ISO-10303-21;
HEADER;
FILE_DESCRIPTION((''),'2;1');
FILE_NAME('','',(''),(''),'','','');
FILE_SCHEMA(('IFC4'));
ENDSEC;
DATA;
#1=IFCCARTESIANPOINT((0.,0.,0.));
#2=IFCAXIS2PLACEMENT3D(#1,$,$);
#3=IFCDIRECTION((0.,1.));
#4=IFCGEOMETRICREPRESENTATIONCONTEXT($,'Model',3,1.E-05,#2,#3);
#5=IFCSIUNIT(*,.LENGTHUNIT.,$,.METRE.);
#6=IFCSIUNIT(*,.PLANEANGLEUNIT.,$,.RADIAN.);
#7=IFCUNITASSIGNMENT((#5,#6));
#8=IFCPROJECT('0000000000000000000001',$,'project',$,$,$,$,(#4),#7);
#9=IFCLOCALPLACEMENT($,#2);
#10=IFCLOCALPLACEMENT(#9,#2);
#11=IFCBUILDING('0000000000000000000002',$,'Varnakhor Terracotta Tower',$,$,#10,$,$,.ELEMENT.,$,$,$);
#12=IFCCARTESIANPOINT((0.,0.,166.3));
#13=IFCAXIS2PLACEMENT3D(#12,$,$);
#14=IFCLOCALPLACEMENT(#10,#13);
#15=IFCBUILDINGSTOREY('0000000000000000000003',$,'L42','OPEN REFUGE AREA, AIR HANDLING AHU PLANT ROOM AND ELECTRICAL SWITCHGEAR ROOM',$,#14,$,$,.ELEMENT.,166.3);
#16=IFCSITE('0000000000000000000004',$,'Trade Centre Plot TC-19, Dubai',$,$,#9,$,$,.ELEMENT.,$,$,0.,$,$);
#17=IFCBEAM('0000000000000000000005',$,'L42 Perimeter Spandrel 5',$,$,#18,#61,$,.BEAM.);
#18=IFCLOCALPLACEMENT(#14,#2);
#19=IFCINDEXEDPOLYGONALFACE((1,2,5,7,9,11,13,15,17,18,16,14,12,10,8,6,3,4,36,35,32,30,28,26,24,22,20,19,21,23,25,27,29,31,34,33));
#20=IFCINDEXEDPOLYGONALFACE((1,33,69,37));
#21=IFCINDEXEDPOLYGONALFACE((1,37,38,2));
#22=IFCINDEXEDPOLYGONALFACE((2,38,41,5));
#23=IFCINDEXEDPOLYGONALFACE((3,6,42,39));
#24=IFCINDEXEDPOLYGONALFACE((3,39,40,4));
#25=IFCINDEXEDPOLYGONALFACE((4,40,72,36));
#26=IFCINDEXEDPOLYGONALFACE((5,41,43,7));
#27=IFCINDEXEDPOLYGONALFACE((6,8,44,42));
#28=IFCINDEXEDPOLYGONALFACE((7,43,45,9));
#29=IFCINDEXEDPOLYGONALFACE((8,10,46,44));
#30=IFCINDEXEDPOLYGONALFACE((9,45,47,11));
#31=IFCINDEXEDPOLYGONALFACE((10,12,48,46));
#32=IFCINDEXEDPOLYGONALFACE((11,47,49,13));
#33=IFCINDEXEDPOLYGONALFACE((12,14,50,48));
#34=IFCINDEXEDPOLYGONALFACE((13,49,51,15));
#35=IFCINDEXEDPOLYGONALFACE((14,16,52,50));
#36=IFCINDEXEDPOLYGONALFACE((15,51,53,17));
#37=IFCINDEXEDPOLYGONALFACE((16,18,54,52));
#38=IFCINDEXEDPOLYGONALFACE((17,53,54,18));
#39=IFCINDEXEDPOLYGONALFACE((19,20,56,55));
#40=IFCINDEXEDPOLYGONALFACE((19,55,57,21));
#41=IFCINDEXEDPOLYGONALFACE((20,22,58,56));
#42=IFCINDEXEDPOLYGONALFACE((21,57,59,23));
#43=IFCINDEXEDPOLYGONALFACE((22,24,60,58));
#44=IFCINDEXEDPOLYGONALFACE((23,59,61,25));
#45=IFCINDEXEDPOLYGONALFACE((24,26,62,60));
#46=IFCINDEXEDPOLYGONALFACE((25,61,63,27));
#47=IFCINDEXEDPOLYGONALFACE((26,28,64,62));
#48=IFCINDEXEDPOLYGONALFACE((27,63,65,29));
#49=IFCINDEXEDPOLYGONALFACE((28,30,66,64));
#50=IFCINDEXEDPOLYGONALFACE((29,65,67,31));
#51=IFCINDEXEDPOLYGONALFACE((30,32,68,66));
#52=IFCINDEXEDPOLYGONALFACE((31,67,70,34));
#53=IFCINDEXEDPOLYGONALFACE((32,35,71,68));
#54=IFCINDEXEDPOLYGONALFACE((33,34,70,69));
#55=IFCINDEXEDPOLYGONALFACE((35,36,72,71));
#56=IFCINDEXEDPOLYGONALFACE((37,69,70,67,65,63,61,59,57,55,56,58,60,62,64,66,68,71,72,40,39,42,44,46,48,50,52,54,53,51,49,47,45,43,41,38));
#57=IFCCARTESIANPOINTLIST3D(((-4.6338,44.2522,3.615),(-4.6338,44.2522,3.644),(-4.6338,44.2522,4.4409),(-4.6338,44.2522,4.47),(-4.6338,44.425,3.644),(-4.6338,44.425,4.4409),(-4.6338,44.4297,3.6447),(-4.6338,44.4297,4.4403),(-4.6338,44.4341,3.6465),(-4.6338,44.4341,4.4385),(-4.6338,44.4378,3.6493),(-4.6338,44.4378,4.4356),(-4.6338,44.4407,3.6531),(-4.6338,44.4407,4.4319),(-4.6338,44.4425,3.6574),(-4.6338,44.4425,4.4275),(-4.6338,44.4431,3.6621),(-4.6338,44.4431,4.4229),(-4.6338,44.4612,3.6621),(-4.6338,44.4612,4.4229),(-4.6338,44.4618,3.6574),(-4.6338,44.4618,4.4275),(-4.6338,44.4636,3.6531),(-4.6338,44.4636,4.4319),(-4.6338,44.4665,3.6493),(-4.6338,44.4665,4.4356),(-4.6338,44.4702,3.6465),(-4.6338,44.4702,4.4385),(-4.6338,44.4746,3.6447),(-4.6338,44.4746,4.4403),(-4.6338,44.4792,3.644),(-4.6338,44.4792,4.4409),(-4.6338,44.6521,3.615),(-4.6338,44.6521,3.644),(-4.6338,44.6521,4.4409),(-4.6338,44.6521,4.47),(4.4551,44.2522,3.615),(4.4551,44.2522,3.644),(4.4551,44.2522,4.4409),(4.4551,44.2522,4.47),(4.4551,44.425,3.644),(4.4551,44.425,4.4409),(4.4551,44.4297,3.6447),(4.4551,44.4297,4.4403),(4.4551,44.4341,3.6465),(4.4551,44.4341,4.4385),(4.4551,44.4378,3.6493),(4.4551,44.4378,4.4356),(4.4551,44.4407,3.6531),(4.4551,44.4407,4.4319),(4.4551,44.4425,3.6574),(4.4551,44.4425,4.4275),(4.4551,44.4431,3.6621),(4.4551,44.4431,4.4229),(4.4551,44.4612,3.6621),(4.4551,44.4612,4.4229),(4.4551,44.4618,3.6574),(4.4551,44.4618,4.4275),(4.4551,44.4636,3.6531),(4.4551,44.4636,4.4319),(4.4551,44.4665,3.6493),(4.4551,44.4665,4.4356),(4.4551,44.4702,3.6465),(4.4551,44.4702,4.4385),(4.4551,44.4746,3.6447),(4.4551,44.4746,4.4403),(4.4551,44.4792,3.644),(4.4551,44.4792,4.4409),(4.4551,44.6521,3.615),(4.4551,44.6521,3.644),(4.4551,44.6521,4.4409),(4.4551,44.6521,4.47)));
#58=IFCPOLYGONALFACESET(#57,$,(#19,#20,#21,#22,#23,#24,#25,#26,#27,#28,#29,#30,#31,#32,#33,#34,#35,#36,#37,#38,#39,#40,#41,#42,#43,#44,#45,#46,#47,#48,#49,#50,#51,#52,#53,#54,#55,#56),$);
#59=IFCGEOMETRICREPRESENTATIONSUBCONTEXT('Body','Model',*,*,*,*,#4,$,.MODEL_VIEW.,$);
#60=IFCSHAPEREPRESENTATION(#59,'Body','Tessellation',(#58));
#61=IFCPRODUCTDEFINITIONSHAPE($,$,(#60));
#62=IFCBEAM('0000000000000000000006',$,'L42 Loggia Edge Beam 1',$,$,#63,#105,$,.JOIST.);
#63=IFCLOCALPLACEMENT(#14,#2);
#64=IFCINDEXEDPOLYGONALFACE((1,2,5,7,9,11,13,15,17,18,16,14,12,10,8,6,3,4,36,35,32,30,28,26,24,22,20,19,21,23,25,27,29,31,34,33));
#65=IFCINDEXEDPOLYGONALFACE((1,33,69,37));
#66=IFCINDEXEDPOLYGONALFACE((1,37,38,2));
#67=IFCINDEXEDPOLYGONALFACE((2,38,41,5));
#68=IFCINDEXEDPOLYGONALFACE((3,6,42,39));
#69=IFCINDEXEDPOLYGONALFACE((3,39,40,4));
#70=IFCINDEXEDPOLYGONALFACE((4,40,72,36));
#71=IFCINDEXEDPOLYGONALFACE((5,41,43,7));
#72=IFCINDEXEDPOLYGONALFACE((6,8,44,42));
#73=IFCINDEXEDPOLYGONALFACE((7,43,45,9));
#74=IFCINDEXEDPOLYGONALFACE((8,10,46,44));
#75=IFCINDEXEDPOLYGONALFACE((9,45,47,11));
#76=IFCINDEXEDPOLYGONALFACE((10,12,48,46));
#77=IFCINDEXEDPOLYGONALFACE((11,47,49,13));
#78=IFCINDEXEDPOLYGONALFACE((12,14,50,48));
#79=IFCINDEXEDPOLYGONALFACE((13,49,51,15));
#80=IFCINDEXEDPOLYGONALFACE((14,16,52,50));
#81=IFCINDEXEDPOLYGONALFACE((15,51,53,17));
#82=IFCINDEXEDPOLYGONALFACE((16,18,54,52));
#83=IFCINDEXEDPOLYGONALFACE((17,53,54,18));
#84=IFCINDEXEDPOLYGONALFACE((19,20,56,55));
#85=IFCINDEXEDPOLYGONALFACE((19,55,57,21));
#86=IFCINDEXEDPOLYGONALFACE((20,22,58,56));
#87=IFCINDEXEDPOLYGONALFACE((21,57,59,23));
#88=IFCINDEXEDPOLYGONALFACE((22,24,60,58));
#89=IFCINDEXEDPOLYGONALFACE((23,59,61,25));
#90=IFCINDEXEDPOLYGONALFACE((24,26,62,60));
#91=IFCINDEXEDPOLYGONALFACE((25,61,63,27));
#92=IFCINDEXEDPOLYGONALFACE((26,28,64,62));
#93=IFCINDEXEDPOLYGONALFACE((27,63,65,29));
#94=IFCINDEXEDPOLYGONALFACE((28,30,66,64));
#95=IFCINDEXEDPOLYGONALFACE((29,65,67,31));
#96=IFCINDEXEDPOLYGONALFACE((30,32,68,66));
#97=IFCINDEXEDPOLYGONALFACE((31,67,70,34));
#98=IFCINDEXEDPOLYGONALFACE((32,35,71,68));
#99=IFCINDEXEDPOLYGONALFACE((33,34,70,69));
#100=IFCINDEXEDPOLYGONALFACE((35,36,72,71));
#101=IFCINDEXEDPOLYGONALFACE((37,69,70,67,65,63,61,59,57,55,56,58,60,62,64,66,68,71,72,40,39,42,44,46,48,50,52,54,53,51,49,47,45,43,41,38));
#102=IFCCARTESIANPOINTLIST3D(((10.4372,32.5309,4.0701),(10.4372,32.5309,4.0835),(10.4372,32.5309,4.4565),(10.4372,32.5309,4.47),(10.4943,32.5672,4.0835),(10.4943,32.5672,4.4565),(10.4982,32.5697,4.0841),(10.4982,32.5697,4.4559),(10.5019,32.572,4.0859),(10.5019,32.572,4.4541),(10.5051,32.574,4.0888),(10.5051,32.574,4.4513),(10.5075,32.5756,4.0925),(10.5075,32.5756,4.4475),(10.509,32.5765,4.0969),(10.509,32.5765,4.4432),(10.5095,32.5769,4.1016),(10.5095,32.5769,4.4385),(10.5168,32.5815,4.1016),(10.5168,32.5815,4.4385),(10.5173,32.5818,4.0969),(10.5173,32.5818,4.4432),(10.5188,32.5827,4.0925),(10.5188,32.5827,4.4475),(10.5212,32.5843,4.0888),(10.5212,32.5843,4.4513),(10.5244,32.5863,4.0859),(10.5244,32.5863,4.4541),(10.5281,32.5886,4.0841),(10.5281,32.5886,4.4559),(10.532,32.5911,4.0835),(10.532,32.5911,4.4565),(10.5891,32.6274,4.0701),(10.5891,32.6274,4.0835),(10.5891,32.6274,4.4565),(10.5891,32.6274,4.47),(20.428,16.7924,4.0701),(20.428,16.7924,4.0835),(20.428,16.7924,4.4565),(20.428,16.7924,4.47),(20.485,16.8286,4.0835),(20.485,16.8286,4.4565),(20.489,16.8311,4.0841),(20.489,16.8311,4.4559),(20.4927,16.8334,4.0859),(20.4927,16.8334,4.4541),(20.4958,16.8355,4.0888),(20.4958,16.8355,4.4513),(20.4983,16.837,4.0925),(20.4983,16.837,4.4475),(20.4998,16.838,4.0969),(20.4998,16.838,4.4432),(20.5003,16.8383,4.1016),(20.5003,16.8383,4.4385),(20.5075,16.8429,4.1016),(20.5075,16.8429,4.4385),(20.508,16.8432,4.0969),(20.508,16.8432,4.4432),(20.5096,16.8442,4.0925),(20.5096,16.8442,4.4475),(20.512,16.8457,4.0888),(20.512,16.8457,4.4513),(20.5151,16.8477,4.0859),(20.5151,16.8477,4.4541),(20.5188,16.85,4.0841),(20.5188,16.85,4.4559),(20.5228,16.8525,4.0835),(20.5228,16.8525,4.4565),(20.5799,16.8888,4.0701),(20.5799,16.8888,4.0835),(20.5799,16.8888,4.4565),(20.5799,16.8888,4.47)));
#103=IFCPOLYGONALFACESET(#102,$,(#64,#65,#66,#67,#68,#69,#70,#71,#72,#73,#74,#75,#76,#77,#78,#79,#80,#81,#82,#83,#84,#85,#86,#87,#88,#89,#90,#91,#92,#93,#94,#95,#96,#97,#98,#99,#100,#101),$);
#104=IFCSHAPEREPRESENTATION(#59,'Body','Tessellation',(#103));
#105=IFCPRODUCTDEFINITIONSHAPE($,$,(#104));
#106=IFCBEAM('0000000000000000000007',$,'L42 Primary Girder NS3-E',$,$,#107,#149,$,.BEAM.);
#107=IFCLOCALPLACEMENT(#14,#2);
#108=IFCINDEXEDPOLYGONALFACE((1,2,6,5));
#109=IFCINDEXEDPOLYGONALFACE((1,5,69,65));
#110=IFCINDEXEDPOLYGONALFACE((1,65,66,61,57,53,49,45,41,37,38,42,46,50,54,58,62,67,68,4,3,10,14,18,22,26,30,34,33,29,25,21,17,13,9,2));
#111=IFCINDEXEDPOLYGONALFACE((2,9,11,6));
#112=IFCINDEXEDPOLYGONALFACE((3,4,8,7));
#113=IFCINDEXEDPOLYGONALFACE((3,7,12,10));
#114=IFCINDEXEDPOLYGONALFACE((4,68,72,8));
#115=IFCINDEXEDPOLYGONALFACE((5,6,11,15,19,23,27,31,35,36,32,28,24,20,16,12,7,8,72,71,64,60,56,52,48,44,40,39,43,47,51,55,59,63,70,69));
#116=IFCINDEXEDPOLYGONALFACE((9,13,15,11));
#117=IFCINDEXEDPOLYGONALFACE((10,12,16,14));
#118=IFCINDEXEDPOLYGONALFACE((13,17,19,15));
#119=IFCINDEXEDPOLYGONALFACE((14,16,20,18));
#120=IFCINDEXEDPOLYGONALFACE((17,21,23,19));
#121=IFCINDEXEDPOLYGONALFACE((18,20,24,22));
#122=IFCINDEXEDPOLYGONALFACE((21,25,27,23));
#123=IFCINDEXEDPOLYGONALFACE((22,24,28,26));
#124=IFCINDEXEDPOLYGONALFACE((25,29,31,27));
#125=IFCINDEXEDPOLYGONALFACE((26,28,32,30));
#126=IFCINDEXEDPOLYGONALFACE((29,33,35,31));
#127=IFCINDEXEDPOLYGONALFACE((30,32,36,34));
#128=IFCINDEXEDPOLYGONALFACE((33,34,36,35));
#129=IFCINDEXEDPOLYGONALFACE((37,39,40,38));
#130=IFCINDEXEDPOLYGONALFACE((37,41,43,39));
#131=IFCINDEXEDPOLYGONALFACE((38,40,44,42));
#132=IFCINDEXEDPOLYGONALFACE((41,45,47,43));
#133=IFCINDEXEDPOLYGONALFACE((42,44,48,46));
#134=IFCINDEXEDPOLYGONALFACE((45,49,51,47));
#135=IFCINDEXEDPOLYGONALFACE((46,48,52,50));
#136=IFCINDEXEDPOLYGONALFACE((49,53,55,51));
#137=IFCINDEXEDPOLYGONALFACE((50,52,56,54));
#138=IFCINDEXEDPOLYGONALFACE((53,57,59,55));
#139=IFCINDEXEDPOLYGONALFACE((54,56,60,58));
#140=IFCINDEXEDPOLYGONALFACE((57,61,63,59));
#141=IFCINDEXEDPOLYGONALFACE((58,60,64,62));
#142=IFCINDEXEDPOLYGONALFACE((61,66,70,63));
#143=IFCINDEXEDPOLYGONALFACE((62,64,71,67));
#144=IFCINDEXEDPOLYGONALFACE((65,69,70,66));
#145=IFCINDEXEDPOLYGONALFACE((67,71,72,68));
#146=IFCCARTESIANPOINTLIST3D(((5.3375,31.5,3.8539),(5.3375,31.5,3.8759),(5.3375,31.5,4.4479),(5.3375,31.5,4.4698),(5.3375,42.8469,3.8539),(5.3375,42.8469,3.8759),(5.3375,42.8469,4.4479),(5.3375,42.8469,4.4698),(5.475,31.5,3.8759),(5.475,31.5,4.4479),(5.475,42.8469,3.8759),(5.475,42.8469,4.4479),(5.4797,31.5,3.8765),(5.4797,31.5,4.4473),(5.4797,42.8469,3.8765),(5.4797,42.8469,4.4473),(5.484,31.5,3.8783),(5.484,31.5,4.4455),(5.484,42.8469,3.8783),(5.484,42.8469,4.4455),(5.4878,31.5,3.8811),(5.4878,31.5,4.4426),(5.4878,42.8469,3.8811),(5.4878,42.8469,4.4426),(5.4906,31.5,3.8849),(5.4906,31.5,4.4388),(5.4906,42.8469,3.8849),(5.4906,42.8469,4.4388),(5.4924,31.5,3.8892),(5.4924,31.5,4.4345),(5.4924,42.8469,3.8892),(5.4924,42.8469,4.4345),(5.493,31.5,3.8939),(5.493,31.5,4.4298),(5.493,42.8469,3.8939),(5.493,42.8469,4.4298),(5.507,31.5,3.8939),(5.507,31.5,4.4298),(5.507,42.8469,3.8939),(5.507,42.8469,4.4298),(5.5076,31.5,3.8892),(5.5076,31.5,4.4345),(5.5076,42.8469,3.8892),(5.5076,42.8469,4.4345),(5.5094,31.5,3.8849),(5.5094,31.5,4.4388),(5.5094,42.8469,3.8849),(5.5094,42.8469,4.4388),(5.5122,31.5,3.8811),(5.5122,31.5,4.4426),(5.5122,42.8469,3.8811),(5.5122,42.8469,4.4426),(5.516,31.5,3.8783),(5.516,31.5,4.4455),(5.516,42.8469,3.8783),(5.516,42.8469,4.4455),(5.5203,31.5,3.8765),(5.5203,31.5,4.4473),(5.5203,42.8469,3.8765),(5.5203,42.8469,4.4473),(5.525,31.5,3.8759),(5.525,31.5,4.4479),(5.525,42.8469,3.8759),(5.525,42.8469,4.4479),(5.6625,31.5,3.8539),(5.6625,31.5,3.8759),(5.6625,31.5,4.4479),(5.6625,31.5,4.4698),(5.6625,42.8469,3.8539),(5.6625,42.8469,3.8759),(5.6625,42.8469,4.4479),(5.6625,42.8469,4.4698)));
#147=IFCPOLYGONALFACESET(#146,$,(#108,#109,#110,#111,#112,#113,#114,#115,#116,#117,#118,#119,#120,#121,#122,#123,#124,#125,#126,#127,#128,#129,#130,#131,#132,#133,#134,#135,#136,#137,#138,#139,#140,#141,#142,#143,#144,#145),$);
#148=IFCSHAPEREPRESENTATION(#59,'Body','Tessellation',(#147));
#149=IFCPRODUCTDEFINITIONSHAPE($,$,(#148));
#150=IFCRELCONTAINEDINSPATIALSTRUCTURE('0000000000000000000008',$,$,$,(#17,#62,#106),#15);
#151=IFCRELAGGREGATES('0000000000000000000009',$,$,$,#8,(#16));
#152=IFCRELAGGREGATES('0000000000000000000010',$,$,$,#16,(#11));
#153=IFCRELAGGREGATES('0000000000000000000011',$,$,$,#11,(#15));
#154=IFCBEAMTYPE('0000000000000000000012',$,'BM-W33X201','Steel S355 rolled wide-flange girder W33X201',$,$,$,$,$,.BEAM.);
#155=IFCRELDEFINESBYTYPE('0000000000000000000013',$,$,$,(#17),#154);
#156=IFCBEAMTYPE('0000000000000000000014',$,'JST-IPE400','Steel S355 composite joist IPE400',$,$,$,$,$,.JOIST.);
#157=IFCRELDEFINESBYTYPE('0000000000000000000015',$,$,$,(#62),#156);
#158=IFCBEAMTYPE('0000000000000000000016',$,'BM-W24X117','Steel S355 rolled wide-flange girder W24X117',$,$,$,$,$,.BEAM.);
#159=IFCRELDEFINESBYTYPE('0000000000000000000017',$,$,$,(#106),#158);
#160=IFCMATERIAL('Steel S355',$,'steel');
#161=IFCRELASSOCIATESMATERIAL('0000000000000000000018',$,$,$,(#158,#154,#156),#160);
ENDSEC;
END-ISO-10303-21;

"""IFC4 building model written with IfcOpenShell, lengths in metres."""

from ifc_helpers import new_model, si_unit, direction, frame, origin, origin_2d, place, context, subcontext, project, spatial, i_section, extrude, source, transform, mapped, material, material_profile, profile_set, type_object, element, save


model = new_model("IFC4")

# Units and contexts
model_context = context("Model", 3, precision=1e-05, world=origin(), true_north=direction((0.0, 1.0)))
body_context = subcontext(model_context, "Body", "Model", "MODEL_VIEW")
ifc_project = project(units=[si_unit("LENGTHUNIT", "METRE"), si_unit("PLANEANGLEUNIT", "RADIAN")], contexts=[model_context])

# Site, building, storey
site_placement = place(None, origin())
site = spatial("IfcSite", under=ifc_project, at=site_placement, Name="Trade Centre Plot TC-19, Dubai", CompositionType="ELEMENT", RefElevation=0.0)
building_placement = place(site_placement, origin())
building = spatial("IfcBuilding", under=site, at=building_placement, Name="Varnakhor Terracotta Tower", CompositionType="ELEMENT")
storey_placement = place(building_placement, frame((0.0, 0.0, 166.3)))
storey = spatial("IfcBuildingStorey", under=building, at=storey_placement, Name="L42", Description="OPEN REFUGE AREA, AIR HANDLING AHU PLANT ROOM AND ELECTRICAL SWITCHGEAR ROOM", CompositionType="ELEMENT", Elevation=166.3)

# Beams
ifc_material_1 = material(Name="Steel S355", Category="steel")
ifc_material_profile_1 = material_profile(ifc_material_1, i_section(OverallWidth=0.325, OverallDepth=0.616, WebThickness=0.0139, FlangeThickness=0.022, FilletRadius=0.0181, at=origin_2d()), Name="W24X117")
ifc_profile_set_1 = profile_set([ifc_material_profile_1], Name="Steel S355")
beam_type_1 = type_object("IfcBeamType", Name="BM-W24X117", Description="Steel S355 rolled wide-flange girder W24X117", PredefinedType="BEAM", material=ifc_profile_set_1)
ifc_material_profile_2 = material_profile(ifc_material_1, i_section(OverallWidth=0.3999, OverallDepth=0.855, WebThickness=0.0181, FlangeThickness=0.0291, FilletRadius=0.0181, at=origin_2d()), Name="W33X201")
ifc_profile_set_2 = profile_set([ifc_material_profile_2], Name="Steel S355")
beam_type_2 = type_object("IfcBeamType", Name="BM-W33X201", Description="Steel S355 rolled wide-flange girder W33X201", PredefinedType="BEAM", material=ifc_profile_set_2)
shared_shape_1 = source(origin(), body_context, "Body", "SweptSolid", [
    extrude(i_section(OverallWidth=0.3999, OverallDepth=0.855, WebThickness=0.0181, FlangeThickness=0.0291, FilletRadius=0.0181, at=origin_2d()), origin(), (0.0, 0.0, 1.0), 9.0889),
])
beam_1_placement = place(storey_placement, frame((4.4551, 44.4521, 4.0425), z_axis=(-1.0, 0.0, 0.0), x_axis=(0.0, -1.0, 0.0)))
element("IfcBeam", 1, at=beam_1_placement, inside=storey, type_object=beam_type_2, Name="L42 Perimeter Spandrel 5", PredefinedType="BEAM", context=body_context, shape_type="MappedRepresentation", body=[
    mapped(shared_shape_1, transform((0.0, 0.0, 0.0), scale=1.0)),
])
ifc_material_profile_3 = material_profile(ifc_material_1, i_section(OverallWidth=0.1799, OverallDepth=0.3999, WebThickness=0.0085, FlangeThickness=0.0134, FilletRadius=0.0181, at=origin_2d()), Name="IPE400")
ifc_profile_set_3 = profile_set([ifc_material_profile_3], Name="Steel S355")
beam_type_3 = type_object("IfcBeamType", Name="JST-IPE400", Description="Steel S355 composite joist IPE400", PredefinedType="JOIST", material=ifc_profile_set_3)
shared_shape_2 = source(origin(), body_context, "Body", "SweptSolid", [
    extrude(i_section(OverallWidth=0.1799, OverallDepth=0.3999, WebThickness=0.0085, FlangeThickness=0.0134, FilletRadius=0.0181, at=origin_2d()), origin(), (0.0, 0.0, 1.0), 18.6418),
])
beam_2_placement = place(storey_placement, frame((20.5039, 16.8406, 4.27), z_axis=(-0.535932, 0.844261, 0.0), x_axis=(-0.844261, -0.535932, 0.0)))
element("IfcBeam", 2, at=beam_2_placement, inside=storey, type_object=beam_type_3, Name="L42 Loggia Edge Beam 1", PredefinedType="JOIST", context=body_context, shape_type="MappedRepresentation", body=[
    mapped(shared_shape_2, transform((0.0, 0.0, 0.0), scale=1.0)),
])
shared_shape_3 = source(origin(), body_context, "Body", "SweptSolid", [
    extrude(i_section(OverallWidth=0.325, OverallDepth=0.616, WebThickness=0.0139, FlangeThickness=0.022, FilletRadius=0.0181, at=origin_2d()), origin(), (0.0, 0.0, 1.0), 11.3469),
])
beam_3_placement = place(storey_placement, frame((5.5, 31.5, 4.1619), z_axis=(0.0, 1.0, 0.0), x_axis=(-1.0, 0.0, 0.0)))
element("IfcBeam", 3, at=beam_3_placement, inside=storey, type_object=beam_type_1, Name="L42 Primary Girder NS3-E", PredefinedType="BEAM", context=body_context, shape_type="MappedRepresentation", body=[
    mapped(shared_shape_3, transform((0.0, 0.0, 0.0), scale=1.0)),
])

save(model, "model.ifc")
